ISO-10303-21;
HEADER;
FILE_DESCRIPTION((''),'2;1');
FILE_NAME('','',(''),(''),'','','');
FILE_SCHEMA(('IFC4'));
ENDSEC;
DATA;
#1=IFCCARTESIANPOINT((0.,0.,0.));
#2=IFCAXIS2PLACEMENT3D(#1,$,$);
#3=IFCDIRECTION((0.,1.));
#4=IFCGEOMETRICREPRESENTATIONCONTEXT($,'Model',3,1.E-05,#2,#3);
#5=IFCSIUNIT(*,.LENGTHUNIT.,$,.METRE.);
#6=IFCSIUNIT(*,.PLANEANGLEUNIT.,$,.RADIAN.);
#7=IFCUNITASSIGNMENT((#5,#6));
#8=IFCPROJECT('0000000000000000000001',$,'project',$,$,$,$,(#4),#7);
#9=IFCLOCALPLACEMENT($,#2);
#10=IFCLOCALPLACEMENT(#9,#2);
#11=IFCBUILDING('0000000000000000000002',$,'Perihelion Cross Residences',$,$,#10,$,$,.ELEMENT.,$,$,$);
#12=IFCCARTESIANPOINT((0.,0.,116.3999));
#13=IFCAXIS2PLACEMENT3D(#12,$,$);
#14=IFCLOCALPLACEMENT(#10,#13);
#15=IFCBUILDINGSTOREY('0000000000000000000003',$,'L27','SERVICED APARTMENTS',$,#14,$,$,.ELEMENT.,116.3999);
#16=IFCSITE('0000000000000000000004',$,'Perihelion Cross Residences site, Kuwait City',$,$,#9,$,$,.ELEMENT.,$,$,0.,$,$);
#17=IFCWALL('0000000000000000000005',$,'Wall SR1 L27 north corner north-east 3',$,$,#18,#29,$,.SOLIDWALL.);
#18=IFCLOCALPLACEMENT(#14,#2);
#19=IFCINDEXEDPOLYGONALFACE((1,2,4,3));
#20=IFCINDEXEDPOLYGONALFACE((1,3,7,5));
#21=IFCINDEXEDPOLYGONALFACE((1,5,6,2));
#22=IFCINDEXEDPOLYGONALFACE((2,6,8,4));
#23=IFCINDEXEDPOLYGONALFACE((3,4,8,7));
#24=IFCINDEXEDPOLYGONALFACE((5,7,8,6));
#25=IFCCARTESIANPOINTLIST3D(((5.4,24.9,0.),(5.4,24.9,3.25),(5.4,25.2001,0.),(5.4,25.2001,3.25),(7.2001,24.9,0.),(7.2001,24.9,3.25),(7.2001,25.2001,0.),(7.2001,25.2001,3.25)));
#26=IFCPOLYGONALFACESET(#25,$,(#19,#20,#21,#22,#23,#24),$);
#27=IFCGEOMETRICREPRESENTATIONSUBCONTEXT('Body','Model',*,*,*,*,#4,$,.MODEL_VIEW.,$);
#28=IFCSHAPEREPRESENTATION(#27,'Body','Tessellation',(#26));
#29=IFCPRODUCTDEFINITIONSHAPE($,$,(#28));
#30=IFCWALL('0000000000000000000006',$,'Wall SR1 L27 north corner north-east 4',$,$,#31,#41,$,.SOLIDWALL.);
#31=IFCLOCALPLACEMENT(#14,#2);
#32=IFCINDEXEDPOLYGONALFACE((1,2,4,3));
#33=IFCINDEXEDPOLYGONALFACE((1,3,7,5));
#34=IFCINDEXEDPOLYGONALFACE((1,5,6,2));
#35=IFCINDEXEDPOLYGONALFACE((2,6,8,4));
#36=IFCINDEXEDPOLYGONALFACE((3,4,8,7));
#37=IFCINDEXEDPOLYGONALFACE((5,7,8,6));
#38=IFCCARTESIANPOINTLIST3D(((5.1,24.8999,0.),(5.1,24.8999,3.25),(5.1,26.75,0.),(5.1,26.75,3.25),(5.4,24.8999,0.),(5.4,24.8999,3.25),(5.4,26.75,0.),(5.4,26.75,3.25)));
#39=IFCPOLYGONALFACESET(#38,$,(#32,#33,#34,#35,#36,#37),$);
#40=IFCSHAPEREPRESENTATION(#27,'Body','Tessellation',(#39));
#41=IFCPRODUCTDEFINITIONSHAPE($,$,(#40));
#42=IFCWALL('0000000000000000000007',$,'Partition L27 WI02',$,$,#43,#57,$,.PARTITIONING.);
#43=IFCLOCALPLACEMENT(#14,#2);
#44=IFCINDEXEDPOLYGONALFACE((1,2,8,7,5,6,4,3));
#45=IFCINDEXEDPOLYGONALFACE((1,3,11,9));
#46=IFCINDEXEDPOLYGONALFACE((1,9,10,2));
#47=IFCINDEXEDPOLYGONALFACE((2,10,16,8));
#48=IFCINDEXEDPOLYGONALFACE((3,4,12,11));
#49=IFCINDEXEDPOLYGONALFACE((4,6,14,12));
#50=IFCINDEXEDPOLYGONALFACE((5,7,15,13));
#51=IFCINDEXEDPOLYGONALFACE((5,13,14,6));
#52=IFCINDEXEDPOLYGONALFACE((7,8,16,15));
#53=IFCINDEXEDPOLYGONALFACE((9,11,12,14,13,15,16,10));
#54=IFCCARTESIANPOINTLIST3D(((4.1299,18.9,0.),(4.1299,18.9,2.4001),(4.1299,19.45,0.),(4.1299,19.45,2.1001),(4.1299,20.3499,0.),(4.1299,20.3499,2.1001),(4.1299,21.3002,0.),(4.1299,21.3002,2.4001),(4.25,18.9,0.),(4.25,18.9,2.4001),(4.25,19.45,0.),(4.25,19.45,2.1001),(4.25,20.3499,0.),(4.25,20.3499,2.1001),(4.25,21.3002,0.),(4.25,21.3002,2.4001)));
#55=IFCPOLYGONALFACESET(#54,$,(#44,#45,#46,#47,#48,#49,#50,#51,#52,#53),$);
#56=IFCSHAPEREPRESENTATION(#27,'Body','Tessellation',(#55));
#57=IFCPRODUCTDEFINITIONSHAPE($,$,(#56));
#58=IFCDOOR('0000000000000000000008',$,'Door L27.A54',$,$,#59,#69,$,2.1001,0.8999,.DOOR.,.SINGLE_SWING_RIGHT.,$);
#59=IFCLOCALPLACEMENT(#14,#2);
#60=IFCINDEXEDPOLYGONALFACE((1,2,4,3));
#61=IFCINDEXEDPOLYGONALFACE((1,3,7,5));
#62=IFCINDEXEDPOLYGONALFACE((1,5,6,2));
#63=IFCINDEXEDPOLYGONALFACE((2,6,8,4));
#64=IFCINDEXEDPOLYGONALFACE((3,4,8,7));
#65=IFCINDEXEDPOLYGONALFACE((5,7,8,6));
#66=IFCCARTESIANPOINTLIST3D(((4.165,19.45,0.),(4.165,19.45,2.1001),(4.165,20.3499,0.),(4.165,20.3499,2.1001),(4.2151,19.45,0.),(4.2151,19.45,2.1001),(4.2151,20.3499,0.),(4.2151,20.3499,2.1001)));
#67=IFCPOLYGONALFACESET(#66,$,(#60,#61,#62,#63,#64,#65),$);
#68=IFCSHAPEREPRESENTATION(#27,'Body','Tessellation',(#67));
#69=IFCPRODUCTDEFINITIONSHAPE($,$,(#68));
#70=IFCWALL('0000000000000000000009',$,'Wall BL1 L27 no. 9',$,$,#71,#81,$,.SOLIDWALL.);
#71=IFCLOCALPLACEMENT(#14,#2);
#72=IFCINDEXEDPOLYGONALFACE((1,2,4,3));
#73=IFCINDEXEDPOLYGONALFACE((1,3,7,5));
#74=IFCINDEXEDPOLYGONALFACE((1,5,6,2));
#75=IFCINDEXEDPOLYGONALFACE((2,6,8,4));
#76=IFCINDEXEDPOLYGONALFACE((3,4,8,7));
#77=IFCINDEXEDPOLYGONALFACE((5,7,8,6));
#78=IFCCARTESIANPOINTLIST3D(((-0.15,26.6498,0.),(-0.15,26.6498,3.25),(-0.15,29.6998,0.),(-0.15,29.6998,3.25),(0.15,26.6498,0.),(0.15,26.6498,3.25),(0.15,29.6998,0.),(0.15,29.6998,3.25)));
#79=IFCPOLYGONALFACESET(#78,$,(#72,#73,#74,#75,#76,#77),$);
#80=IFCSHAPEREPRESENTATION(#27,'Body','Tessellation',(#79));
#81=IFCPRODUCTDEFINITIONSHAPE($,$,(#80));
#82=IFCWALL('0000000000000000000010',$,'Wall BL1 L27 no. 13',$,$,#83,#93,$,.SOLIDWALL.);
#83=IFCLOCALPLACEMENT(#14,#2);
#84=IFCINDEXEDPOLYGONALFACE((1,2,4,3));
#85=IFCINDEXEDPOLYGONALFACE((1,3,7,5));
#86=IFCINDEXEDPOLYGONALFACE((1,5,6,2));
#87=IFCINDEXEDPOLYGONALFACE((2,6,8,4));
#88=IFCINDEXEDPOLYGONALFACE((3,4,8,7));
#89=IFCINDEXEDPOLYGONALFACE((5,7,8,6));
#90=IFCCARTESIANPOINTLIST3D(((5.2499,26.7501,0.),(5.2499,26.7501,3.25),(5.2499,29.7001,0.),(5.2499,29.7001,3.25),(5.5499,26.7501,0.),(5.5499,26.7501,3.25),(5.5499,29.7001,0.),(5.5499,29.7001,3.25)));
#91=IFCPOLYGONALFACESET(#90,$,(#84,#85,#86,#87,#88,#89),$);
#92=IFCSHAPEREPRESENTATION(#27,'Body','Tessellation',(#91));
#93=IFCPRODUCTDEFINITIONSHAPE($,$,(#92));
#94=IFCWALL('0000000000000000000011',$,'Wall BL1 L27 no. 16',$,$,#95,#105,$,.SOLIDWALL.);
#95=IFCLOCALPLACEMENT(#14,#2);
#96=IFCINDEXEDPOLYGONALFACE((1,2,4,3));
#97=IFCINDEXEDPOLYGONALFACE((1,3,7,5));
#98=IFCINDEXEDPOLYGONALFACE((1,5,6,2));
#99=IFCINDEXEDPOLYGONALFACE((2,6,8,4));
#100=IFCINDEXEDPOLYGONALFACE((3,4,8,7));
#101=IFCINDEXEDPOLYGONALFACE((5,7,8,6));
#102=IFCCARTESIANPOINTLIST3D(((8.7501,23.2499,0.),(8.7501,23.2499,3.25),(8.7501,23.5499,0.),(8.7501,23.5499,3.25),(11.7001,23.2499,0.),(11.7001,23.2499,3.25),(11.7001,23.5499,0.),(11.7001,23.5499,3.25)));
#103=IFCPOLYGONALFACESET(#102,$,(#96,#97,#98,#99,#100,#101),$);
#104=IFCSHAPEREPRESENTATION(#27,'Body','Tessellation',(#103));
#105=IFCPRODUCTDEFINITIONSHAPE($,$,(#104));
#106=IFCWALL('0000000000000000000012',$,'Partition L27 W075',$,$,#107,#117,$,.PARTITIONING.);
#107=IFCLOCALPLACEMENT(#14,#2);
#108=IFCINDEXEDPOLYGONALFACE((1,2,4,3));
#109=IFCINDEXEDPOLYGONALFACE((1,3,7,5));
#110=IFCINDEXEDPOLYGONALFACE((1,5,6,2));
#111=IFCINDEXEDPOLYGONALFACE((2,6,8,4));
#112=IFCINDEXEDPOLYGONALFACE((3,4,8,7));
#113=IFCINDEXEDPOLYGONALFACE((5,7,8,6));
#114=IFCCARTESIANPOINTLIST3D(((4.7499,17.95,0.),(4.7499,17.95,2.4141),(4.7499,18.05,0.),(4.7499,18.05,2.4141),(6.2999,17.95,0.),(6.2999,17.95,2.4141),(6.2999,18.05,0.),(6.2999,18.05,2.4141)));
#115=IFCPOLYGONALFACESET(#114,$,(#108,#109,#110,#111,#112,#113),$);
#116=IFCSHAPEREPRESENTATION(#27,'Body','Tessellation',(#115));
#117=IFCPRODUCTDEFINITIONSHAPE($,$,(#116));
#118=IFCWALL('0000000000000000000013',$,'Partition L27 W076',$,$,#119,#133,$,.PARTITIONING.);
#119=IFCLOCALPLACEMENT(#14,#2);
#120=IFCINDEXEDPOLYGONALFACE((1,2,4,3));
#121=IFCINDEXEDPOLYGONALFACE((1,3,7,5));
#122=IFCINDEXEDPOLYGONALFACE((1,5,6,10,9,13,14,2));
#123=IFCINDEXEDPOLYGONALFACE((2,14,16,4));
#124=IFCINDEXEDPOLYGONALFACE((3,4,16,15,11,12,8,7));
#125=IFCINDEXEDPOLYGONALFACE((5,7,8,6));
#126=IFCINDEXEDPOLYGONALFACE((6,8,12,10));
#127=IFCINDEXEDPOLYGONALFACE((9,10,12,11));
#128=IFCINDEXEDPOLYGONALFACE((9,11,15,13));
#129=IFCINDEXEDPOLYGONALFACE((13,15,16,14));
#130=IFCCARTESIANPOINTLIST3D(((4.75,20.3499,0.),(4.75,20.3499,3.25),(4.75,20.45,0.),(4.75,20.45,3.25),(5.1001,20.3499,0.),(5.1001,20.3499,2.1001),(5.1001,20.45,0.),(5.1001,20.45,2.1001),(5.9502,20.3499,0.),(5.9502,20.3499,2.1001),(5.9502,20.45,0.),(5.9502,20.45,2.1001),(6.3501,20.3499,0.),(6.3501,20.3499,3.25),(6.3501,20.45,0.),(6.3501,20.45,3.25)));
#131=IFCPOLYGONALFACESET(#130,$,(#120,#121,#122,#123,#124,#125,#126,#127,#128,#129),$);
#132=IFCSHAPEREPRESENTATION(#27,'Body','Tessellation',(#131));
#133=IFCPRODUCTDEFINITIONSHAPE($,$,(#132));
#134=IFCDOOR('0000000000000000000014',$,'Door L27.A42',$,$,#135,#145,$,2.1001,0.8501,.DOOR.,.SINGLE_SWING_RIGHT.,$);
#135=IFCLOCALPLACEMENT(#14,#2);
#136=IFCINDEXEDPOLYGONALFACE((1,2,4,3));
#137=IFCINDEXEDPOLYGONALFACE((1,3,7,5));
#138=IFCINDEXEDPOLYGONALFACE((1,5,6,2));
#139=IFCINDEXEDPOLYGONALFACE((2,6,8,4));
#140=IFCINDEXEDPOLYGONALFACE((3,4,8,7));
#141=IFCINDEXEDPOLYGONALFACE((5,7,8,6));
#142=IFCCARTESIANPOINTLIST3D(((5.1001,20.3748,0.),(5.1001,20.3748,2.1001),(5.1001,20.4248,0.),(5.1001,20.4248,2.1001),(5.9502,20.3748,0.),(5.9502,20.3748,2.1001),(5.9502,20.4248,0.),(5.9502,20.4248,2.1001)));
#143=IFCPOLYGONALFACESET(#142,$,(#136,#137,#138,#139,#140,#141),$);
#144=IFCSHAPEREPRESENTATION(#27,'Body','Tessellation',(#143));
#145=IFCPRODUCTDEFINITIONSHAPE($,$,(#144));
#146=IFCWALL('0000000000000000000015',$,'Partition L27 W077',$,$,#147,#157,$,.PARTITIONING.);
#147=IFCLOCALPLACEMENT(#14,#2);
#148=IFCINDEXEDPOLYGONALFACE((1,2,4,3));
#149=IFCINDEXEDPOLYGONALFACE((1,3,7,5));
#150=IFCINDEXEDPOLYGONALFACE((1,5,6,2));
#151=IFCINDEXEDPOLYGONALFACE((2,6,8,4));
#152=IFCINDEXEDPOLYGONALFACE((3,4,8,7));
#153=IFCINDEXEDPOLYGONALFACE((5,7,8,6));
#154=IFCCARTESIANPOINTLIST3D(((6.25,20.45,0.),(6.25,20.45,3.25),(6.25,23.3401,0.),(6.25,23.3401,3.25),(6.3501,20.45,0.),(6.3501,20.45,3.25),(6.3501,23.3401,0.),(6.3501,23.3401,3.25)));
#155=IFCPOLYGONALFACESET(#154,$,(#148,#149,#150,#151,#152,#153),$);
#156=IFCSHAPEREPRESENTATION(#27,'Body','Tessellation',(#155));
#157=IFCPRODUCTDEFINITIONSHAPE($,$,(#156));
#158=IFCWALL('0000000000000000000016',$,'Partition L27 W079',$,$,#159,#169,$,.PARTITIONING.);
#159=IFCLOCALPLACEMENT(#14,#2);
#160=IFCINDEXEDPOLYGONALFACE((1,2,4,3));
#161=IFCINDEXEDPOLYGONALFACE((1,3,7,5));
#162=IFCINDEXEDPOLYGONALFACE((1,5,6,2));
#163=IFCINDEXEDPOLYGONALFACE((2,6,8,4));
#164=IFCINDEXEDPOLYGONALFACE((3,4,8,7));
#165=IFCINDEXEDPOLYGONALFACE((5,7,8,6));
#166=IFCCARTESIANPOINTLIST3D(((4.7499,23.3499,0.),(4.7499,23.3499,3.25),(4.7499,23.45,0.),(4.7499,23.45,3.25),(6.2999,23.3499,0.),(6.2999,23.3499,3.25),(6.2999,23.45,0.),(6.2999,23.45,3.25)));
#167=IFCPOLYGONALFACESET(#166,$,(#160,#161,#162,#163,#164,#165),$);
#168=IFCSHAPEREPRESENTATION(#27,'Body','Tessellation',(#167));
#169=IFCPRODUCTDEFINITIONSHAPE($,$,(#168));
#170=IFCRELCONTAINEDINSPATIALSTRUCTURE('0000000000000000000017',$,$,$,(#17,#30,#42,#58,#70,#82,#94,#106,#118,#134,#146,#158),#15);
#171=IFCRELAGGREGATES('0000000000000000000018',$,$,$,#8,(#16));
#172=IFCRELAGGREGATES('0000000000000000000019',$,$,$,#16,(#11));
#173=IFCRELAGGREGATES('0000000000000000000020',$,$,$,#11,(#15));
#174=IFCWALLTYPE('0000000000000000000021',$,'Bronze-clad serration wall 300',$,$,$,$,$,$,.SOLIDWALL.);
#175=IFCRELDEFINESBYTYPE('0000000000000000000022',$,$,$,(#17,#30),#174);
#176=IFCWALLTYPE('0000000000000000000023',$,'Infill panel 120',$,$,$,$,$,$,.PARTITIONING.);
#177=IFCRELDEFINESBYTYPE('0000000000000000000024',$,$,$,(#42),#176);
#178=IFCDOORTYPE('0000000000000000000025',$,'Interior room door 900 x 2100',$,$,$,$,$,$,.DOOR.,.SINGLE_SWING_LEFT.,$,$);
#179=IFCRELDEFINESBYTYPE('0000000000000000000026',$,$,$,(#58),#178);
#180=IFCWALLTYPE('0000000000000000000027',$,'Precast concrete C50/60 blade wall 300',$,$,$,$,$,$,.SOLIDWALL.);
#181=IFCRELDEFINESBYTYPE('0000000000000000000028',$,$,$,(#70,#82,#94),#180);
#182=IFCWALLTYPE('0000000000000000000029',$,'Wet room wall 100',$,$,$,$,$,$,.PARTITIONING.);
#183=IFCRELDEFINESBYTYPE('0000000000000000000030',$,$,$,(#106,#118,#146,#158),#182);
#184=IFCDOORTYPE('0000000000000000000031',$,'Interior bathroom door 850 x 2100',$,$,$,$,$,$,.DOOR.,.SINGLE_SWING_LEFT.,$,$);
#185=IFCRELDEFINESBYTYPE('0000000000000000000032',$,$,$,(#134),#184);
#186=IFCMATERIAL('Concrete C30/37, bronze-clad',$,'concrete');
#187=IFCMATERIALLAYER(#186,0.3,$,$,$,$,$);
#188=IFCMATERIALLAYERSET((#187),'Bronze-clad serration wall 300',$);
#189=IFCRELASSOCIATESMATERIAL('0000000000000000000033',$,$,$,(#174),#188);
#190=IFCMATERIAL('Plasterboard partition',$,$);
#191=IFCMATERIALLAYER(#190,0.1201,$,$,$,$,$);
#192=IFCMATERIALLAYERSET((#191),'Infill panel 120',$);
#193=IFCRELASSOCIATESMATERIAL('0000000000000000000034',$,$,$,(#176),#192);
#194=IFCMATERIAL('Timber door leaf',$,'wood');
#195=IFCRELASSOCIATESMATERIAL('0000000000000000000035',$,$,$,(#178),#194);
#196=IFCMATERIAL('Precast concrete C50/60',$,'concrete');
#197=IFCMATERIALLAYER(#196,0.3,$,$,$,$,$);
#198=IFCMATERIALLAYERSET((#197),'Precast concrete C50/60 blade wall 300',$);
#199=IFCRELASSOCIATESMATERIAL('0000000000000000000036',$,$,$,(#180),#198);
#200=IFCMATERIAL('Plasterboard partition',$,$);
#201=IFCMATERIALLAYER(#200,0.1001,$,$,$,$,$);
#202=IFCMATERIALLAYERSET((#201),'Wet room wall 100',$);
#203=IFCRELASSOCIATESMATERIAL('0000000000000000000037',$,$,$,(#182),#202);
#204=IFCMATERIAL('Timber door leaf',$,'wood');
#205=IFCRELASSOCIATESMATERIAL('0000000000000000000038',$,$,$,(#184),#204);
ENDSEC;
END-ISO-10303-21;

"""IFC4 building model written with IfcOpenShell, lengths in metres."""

from ifc_helpers import new_model, si_unit, direction, frame, frame_2d, origin, place, context, subcontext, project, spatial, rectangle, extrude, material, layer, layer_set, type_object, element, fill, save


model = new_model("IFC4")

# Units and contexts
model_context = context("Model", 3, precision=1e-05, world=origin(), true_north=direction((0.0, 1.0)))
body_context = subcontext(model_context, "Body", "Model", "MODEL_VIEW")
ifc_project = project(units=[si_unit("LENGTHUNIT", "METRE"), si_unit("PLANEANGLEUNIT", "RADIAN")], contexts=[model_context])

# Site, building, storey
site_placement = place(None, origin())
site = spatial("IfcSite", under=ifc_project, at=site_placement, Name="Perihelion Cross Residences site, Kuwait City", CompositionType="ELEMENT", RefElevation=0.0)
building_placement = place(site_placement, origin())
building = spatial("IfcBuilding", under=site, at=building_placement, Name="Perihelion Cross Residences", CompositionType="ELEMENT")
storey_placement = place(building_placement, frame((0.0, 0.0, 116.3999)))
storey = spatial("IfcBuildingStorey", under=building, at=storey_placement, Name="L27", Description="SERVICED APARTMENTS", CompositionType="ELEMENT", Elevation=116.3999)

# Walls
ifc_material_1 = material(Name="Concrete C30/37, bronze-clad", Category="concrete")
ifc_layer_1 = layer(ifc_material_1, 0.3)
ifc_layer_set_1 = layer_set([ifc_layer_1], Name="Bronze-clad serration wall 300")
wall_type_1 = type_object("IfcWallType", Name="Bronze-clad serration wall 300", PredefinedType="SOLIDWALL", material=ifc_layer_set_1)
wall_1_placement = place(storey_placement, frame((7.2, 25.05, 0.0), z_axis=(0.0, 0.0, 1.0), x_axis=(-1.0, 0.0, 0.0)))
element("IfcWall", 1, at=wall_1_placement, inside=storey, type_object=wall_type_1, Name="Wall SR1 L27 north corner north-east 3", PredefinedType="SOLIDWALL", context=body_context, shape_type="SweptSolid", body=[
    extrude(rectangle(XDim=1.8, YDim=0.3, at=frame_2d((0.8999, 0.0))), origin(), (0.0, 0.0, 1.0), 3.25),
])
wall_2_placement = place(storey_placement, frame((5.25, 24.8999, 0.0), z_axis=(0.0, 0.0, 1.0), x_axis=(0.0, 1.0, 0.0)))
element("IfcWall", 2, at=wall_2_placement, inside=storey, type_object=wall_type_1, Name="Wall SR1 L27 north corner north-east 4", PredefinedType="SOLIDWALL", context=body_context, shape_type="SweptSolid", body=[
    extrude(rectangle(XDim=1.8501, YDim=0.3, at=frame_2d((0.925, 0.0))), origin(), (0.0, 0.0, 1.0), 3.25),
])

# Wall, opening, door
ifc_material_2 = material(Name="Plasterboard partition")
ifc_layer_2 = layer(ifc_material_2, 0.1201)
ifc_layer_set_2 = layer_set([ifc_layer_2], Name="Infill panel 120")
wall_type_2 = type_object("IfcWallType", Name="Infill panel 120", PredefinedType="PARTITIONING", material=ifc_layer_set_2)
wall_3_placement = place(storey_placement, frame((4.1899, 18.8999, 0.0), z_axis=(0.0, 0.0, 1.0), x_axis=(0.0, 1.0, 0.0)))
wall_3 = element("IfcWall", 3, at=wall_3_placement, inside=storey, type_object=wall_type_2, Name="Partition L27 WI02", PredefinedType="PARTITIONING", context=body_context, shape_type="SweptSolid", body=[
    extrude(rectangle(XDim=2.4001, YDim=0.1201, at=frame_2d((1.2002, 0.0))), origin(), (0.0, 0.0, 1.0), 2.4001),
])
opening_1_placement = place(wall_3_placement, frame((0.55, 0.0, 0.0)))
opening_1 = element("IfcOpeningElement", 4, at=opening_1_placement, cuts=wall_3, PredefinedType="OPENING", context=body_context, shape_type="SweptSolid", body=[
    extrude(rectangle(XDim=0.8999, YDim=2.1001, at=frame_2d((0.45, 1.05))), frame((0.0, 0.0701, 0.0), z_axis=(0.0, -1.0, 0.0), x_axis=(1.0, 0.0, 0.0)), (0.0, 0.0, 1.0), 0.1401),
])
ifc_material_3 = material(Name="Timber door leaf", Category="wood")
door_type_1 = type_object("IfcDoorType", Name="Interior room door 900 x 2100", OperationType="SINGLE_SWING_LEFT", PredefinedType="DOOR", material=ifc_material_3)
door_1_placement = place(opening_1_placement, origin())
door_1 = element("IfcDoor", 5, at=door_1_placement, inside=storey, type_object=door_type_1, Name="Door L27.A54", OperationType="SINGLE_SWING_RIGHT", OverallHeight=2.1001, OverallWidth=0.8999, PredefinedType="DOOR", context=body_context, shape_type="SweptSolid", body=[
    extrude(rectangle(XDim=0.8999, YDim=2.1001, at=frame_2d((0.45, 1.05))), frame((0.0, 0.0249, 0.0), z_axis=(0.0, -1.0, 0.0), x_axis=(1.0, 0.0, 0.0)), (0.0, 0.0, 1.0), 0.05),
])
fill(opening_1, door_1)

# Walls
ifc_material_4 = material(Name="Precast concrete C50/60", Category="concrete")
ifc_layer_3 = layer(ifc_material_4, 0.3)
ifc_layer_set_3 = layer_set([ifc_layer_3], Name="Precast concrete C50/60 blade wall 300")
wall_type_3 = type_object("IfcWallType", Name="Precast concrete C50/60 blade wall 300", PredefinedType="SOLIDWALL", material=ifc_layer_set_3)
wall_4_placement = place(storey_placement, frame((0.0, 26.6499, 0.0), z_axis=(0.0, 0.0, 1.0), x_axis=(0.0, 1.0, 0.0)))
element("IfcWall", 6, at=wall_4_placement, inside=storey, type_object=wall_type_3, Name="Wall BL1 L27 no. 9", PredefinedType="SOLIDWALL", context=body_context, shape_type="SweptSolid", body=[
    extrude(rectangle(XDim=3.05, YDim=0.3, at=frame_2d((1.5249, 0.0))), origin(), (0.0, 0.0, 1.0), 3.25),
])
for number, where, z_axis, x_axis, name in (
    (7, (5.3999, 26.75, 0.0), (0.0, 0.0, 1.0), (0.0, 1.0, 0.0), "Wall BL1 L27 no. 13"),
    (8, (8.75, 23.3999, 0.0), (0.0, 0.0, 1.0), (1.0, 0.0, 0.0), "Wall BL1 L27 no. 16"),
):
    element("IfcWall", number, at=place(storey_placement, frame(where, z_axis=z_axis, x_axis=x_axis)), inside=storey, type_object=wall_type_3, Name=name, PredefinedType="SOLIDWALL", context=body_context, shape_type="SweptSolid", body=[
        extrude(rectangle(XDim=2.95, YDim=0.3, at=frame_2d((1.4751, 0.0))), origin(), (0.0, 0.0, 1.0), 3.25),
    ])
ifc_material_5 = material(Name="Plasterboard partition")
ifc_layer_4 = layer(ifc_material_5, 0.1001)
ifc_layer_set_4 = layer_set([ifc_layer_4], Name="Wet room wall 100")
wall_type_4 = type_object("IfcWallType", Name="Wet room wall 100", PredefinedType="PARTITIONING", material=ifc_layer_set_4)
wall_5_placement = place(storey_placement, frame((4.75, 18.0, 0.0), z_axis=(0.0, 0.0, 1.0), x_axis=(1.0, 0.0, 0.0)))
element("IfcWall", 9, at=wall_5_placement, inside=storey, type_object=wall_type_4, Name="Partition L27 W075", PredefinedType="PARTITIONING", context=body_context, shape_type="SweptSolid", body=[
    extrude(rectangle(XDim=1.55, YDim=0.1001, at=frame_2d((0.7749, 0.0))), origin(), (0.0, 0.0, 1.0), 2.4141),
])

# Wall, opening, door
wall_6_placement = place(storey_placement, frame((4.75, 20.3999, 0.0), z_axis=(0.0, 0.0, 1.0), x_axis=(1.0, 0.0, 0.0)))
wall_6 = element("IfcWall", 10, at=wall_6_placement, inside=storey, type_object=wall_type_4, Name="Partition L27 W076", PredefinedType="PARTITIONING", context=body_context, shape_type="SweptSolid", body=[
    extrude(rectangle(XDim=1.6001, YDim=0.1001, at=frame_2d((0.8, 0.0))), origin(), (0.0, 0.0, 1.0), 3.25),
])
opening_2_placement = place(wall_6_placement, frame((0.3501, 0.0, 0.0)))
opening_2 = element("IfcOpeningElement", 11, at=opening_2_placement, cuts=wall_6, PredefinedType="OPENING", context=body_context, shape_type="SweptSolid", body=[
    extrude(rectangle(XDim=0.8501, YDim=2.1001, at=frame_2d((0.425, 1.05))), frame((0.0, 0.0601, 0.0), z_axis=(0.0, -1.0, 0.0), x_axis=(1.0, 0.0, 0.0)), (0.0, 0.0, 1.0), 0.1201),
])
ifc_material_6 = material(Name="Timber door leaf", Category="wood")
door_type_2 = type_object("IfcDoorType", Name="Interior bathroom door 850 x 2100", OperationType="SINGLE_SWING_LEFT", PredefinedType="DOOR", material=ifc_material_6)
door_2_placement = place(opening_2_placement, origin())
door_2 = element("IfcDoor", 12, at=door_2_placement, inside=storey, type_object=door_type_2, Name="Door L27.A42", OperationType="SINGLE_SWING_RIGHT", OverallHeight=2.1001, OverallWidth=0.8501, PredefinedType="DOOR", context=body_context, shape_type="SweptSolid", body=[
    extrude(rectangle(XDim=0.8501, YDim=2.1001, at=frame_2d((0.425, 1.05))), frame((0.0, 0.0249, 0.0), z_axis=(0.0, -1.0, 0.0), x_axis=(1.0, 0.0, 0.0)), (0.0, 0.0, 1.0), 0.05),
])
fill(opening_2, door_2)

# Walls
wall_7_placement = place(storey_placement, frame((6.3, 20.45, 0.0), z_axis=(0.0, 0.0, 1.0), x_axis=(0.0, 1.0, 0.0)))
element("IfcWall", 13, at=wall_7_placement, inside=storey, type_object=wall_type_4, Name="Partition L27 W077", PredefinedType="PARTITIONING", context=body_context, shape_type="SweptSolid", body=[
    extrude(rectangle(XDim=2.8901, YDim=0.1001, at=frame_2d((1.4451, 0.0))), origin(), (0.0, 0.0, 1.0), 3.25),
])
wall_8_placement = place(storey_placement, frame((4.75, 23.3999, 0.0), z_axis=(0.0, 0.0, 1.0), x_axis=(1.0, 0.0, 0.0)))
element("IfcWall", 14, at=wall_8_placement, inside=storey, type_object=wall_type_4, Name="Partition L27 W079", PredefinedType="PARTITIONING", context=body_context, shape_type="SweptSolid", body=[
    extrude(rectangle(XDim=1.55, YDim=0.1001, at=frame_2d((0.7749, 0.0))), origin(), (0.0, 0.0, 1.0), 3.25),
])

save(model, "model.ifc")
